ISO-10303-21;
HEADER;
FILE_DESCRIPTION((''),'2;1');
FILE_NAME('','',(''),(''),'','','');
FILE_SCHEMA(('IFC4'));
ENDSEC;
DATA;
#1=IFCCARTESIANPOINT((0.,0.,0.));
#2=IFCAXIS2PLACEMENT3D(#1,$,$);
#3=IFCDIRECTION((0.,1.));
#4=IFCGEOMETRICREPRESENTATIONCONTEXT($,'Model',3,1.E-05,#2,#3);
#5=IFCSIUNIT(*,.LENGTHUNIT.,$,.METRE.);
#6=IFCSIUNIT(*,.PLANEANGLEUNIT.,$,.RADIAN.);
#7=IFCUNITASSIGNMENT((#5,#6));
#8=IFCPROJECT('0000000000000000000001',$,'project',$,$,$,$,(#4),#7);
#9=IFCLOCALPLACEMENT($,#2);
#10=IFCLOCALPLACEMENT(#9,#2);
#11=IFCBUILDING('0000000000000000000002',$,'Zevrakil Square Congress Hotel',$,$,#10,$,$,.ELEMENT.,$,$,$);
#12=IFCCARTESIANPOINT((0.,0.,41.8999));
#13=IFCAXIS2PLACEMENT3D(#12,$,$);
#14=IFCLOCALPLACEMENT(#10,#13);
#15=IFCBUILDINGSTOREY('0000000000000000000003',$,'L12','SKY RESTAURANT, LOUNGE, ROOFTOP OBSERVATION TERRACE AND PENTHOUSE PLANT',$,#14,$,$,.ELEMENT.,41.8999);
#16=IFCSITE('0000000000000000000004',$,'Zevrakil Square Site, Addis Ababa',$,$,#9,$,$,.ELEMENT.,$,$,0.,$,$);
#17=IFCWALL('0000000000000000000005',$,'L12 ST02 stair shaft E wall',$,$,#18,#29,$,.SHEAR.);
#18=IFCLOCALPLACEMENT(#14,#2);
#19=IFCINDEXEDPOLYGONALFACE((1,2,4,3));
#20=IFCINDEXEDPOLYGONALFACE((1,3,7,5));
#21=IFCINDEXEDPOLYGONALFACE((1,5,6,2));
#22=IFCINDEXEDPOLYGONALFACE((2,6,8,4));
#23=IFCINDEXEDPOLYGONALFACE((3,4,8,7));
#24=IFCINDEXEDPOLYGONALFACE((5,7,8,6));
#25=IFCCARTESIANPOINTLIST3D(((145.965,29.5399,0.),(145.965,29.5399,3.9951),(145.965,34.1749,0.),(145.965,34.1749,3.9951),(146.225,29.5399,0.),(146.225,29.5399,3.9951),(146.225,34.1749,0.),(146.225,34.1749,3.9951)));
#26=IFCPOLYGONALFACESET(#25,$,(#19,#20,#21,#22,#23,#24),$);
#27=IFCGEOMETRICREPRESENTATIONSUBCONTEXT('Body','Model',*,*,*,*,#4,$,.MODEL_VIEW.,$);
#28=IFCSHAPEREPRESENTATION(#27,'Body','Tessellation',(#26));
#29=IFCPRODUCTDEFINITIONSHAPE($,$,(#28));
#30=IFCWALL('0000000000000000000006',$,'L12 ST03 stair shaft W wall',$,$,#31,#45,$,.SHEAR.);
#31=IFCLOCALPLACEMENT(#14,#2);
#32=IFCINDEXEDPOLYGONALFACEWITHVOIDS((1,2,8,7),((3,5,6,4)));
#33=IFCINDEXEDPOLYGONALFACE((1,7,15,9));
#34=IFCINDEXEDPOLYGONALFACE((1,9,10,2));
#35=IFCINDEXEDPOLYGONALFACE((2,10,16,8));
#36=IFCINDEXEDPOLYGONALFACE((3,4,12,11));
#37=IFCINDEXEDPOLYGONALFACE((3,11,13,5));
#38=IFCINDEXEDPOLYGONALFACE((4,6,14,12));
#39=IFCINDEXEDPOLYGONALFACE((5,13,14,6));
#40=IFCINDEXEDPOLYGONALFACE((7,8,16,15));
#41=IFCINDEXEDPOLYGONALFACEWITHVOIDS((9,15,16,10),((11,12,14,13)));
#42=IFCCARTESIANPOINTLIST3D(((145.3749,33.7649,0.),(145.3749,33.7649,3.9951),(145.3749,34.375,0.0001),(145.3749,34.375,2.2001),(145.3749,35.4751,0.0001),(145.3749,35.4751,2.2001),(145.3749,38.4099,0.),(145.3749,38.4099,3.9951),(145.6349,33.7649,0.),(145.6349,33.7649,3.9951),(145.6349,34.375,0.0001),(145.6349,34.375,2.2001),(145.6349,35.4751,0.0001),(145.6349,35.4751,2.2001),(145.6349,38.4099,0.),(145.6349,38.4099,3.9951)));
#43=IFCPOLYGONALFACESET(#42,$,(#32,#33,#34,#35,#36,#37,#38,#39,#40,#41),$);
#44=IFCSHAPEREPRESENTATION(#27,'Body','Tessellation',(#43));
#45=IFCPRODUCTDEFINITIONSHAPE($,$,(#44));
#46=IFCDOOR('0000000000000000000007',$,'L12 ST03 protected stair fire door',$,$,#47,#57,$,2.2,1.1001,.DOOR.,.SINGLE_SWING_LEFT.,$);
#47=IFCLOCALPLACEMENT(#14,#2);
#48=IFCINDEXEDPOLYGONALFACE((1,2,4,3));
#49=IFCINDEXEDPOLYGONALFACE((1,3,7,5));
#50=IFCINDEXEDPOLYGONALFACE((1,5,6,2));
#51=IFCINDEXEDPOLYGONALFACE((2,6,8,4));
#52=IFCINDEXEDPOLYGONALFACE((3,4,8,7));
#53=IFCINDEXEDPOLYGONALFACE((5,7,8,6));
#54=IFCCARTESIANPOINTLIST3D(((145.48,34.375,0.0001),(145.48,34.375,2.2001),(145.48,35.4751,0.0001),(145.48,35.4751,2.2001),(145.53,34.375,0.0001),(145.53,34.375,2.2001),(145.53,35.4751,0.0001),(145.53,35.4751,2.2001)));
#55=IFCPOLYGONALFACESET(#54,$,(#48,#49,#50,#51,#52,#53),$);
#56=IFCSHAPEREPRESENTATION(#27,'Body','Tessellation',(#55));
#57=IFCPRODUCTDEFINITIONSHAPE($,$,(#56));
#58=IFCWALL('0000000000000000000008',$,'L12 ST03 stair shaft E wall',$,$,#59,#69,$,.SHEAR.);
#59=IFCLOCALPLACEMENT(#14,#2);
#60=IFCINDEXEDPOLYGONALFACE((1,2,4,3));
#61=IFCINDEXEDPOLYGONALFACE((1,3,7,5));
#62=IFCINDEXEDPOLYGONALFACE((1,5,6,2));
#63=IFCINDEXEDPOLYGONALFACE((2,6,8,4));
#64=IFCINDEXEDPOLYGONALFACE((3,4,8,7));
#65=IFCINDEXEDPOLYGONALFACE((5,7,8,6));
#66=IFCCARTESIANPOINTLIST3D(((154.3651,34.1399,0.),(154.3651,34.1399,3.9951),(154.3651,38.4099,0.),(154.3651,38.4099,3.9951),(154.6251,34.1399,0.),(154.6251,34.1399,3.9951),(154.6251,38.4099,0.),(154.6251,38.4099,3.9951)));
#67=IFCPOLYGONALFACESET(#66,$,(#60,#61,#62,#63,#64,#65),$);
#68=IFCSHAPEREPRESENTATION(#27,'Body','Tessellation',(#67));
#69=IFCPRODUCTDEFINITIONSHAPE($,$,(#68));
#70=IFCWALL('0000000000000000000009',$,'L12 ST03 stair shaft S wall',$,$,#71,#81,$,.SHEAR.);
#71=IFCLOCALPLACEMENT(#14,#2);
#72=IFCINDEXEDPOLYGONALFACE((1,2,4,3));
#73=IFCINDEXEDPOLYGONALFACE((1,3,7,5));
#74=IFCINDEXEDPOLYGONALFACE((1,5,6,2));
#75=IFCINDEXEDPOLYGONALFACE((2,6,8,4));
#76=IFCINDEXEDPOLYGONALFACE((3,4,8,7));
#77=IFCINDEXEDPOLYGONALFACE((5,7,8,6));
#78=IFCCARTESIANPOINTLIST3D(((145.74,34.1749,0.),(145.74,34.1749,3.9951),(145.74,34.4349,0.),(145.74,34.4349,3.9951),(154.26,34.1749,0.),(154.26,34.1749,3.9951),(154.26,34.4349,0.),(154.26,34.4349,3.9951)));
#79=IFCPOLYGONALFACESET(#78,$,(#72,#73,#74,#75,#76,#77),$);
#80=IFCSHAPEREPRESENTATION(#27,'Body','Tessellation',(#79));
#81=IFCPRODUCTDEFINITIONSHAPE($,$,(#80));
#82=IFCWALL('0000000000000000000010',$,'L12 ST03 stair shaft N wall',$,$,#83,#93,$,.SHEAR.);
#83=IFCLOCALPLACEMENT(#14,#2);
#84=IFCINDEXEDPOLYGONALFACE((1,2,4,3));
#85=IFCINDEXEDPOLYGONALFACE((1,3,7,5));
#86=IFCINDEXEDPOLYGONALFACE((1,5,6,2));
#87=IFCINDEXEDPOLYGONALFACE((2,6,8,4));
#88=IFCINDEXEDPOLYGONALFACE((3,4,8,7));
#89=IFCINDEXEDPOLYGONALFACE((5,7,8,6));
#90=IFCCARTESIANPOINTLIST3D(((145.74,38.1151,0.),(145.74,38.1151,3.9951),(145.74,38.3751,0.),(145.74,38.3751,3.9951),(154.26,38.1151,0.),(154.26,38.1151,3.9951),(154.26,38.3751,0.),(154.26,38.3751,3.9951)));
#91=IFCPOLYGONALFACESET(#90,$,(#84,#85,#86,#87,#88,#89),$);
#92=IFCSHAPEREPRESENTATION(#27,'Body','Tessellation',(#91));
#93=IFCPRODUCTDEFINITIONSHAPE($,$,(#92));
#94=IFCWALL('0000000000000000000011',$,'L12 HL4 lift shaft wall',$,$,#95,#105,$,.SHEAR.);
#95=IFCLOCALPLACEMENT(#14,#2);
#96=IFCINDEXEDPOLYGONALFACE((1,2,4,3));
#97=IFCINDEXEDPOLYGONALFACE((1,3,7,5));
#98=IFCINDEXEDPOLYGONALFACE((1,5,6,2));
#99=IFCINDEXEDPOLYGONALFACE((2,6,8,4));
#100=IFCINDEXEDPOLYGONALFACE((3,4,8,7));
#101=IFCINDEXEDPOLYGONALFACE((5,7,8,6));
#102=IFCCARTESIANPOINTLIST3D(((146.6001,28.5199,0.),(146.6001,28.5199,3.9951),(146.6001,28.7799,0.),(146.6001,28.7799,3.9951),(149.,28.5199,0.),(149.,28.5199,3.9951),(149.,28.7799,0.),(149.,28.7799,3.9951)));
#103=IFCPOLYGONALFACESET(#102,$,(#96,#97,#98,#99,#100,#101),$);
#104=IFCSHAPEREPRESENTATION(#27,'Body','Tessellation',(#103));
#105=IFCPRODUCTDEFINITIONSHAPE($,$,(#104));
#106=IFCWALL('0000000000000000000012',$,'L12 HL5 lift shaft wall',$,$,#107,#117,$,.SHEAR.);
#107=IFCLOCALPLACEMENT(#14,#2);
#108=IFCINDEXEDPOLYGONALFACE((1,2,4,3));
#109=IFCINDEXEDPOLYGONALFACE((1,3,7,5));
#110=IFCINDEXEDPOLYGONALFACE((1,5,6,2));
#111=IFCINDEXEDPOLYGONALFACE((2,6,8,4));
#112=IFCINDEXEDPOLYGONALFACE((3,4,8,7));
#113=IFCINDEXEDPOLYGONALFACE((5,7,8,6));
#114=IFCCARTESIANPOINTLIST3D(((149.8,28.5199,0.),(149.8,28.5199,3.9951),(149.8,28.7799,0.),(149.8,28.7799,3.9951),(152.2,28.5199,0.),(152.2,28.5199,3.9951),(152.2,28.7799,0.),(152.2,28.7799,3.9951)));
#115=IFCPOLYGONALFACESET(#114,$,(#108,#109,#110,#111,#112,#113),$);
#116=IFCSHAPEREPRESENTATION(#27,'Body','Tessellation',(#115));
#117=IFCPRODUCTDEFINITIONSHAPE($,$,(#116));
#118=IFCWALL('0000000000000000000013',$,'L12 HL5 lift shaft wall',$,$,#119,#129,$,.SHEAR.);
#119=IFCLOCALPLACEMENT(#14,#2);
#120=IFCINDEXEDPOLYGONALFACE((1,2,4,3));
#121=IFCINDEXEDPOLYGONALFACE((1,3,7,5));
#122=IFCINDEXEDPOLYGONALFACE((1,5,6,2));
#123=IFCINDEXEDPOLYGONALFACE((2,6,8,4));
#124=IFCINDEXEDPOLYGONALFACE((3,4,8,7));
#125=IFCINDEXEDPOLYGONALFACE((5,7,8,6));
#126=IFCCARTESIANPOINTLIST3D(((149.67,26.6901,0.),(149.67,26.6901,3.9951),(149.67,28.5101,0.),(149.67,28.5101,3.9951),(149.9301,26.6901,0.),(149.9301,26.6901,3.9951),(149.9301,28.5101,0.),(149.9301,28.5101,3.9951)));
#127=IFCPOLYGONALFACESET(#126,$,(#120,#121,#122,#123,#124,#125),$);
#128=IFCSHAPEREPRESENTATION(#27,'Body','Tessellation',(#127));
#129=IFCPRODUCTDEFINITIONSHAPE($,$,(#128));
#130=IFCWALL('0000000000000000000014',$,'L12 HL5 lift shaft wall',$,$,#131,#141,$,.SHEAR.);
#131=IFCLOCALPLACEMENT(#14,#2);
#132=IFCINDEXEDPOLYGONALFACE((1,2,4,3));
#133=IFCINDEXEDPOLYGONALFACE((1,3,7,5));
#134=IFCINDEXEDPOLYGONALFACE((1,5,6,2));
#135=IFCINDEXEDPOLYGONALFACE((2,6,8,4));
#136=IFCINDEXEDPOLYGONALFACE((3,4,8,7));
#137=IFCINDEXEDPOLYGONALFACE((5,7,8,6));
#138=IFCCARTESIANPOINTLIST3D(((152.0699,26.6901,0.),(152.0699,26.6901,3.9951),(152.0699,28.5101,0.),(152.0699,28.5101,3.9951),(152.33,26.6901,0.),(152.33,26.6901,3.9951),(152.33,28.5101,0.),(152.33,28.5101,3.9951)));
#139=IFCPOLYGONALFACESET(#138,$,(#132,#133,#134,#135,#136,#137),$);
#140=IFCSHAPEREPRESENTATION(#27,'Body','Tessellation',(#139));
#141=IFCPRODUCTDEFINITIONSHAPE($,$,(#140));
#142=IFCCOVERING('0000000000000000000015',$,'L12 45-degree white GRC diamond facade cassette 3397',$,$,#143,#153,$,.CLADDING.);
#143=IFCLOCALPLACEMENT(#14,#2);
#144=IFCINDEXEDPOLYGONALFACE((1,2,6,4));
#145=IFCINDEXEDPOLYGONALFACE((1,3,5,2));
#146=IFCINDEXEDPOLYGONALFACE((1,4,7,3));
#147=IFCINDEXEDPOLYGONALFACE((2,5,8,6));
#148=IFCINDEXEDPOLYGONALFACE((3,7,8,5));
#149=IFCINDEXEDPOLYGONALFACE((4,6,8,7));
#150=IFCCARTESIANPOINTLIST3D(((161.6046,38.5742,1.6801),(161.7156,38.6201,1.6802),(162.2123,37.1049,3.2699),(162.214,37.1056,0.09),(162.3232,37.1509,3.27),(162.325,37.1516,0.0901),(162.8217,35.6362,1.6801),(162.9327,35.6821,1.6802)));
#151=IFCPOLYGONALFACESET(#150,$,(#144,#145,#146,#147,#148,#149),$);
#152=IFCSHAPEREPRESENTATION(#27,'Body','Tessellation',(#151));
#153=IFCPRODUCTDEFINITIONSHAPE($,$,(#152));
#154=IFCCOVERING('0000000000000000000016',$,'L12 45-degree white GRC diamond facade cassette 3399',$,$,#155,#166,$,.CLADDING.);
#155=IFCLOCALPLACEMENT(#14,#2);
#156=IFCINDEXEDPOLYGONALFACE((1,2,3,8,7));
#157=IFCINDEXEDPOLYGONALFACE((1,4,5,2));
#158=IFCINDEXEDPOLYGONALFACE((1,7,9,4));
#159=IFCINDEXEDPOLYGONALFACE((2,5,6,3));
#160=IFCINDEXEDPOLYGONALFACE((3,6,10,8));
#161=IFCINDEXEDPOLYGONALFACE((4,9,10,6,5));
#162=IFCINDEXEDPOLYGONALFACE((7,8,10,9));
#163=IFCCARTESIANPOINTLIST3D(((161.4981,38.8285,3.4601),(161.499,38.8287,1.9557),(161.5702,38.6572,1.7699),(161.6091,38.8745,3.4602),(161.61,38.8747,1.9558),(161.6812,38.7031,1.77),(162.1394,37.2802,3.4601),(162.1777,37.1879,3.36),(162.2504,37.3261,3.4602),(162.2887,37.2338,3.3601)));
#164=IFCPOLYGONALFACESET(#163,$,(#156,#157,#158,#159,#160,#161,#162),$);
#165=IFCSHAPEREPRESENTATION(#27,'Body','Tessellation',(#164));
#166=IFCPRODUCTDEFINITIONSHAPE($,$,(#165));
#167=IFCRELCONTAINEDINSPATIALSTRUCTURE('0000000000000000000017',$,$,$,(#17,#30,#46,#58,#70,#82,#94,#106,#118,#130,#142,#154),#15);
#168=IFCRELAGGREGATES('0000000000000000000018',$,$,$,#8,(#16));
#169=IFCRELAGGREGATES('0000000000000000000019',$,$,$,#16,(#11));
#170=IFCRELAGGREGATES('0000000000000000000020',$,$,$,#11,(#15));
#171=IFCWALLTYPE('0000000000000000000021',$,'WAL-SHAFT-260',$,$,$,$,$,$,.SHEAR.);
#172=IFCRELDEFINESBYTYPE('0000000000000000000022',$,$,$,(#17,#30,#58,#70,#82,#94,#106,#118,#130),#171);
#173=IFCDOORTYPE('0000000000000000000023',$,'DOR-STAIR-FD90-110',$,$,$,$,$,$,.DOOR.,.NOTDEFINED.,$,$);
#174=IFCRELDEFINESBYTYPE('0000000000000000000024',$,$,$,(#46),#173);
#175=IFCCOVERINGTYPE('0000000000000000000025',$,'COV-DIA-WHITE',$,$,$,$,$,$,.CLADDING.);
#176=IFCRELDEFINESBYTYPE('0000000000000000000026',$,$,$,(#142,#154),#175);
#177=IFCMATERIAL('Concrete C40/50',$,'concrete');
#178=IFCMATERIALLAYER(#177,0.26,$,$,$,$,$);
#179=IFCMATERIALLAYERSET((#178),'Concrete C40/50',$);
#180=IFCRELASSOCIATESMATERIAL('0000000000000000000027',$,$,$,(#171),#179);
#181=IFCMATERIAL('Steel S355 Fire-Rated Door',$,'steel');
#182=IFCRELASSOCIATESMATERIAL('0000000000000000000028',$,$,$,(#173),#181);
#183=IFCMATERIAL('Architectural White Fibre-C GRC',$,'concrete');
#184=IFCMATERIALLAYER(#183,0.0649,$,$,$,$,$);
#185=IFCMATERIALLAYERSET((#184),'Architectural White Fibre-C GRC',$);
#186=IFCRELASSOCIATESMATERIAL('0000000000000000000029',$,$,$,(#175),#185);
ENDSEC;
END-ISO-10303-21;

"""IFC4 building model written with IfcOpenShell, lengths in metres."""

from ifc_helpers import new_model, si_unit, direction, frame, frame_2d, origin, place, context, subcontext, project, spatial, polyline, rectangle, outline, extrude, material, layer, layer_set, type_object, element, fill, save


model = new_model("IFC4")

# Units and contexts
model_context = context("Model", 3, precision=1e-05, world=origin(), true_north=direction((0.0, 1.0)))
body_context = subcontext(model_context, "Body", "Model", "MODEL_VIEW")
ifc_project = project(units=[si_unit("LENGTHUNIT", "METRE"), si_unit("PLANEANGLEUNIT", "RADIAN")], contexts=[model_context])

# Site, building, storey
site_placement = place(None, origin())
site = spatial("IfcSite", under=ifc_project, at=site_placement, Name="Zevrakil Square Site, Addis Ababa", CompositionType="ELEMENT", RefElevation=0.0)
building_placement = place(site_placement, origin())
building = spatial("IfcBuilding", under=site, at=building_placement, Name="Zevrakil Square Congress Hotel", CompositionType="ELEMENT")
storey_placement = place(building_placement, frame((0.0, 0.0, 41.8999)))
storey = spatial("IfcBuildingStorey", under=building, at=storey_placement, Name="L12", Description="SKY RESTAURANT, LOUNGE, ROOFTOP OBSERVATION TERRACE AND PENTHOUSE PLANT", CompositionType="ELEMENT", Elevation=41.8999)

# Wall
ifc_material_1 = material(Name="Concrete C40/50", Category="concrete")
ifc_layer_1 = layer(ifc_material_1, 0.26)
ifc_layer_set_1 = layer_set([ifc_layer_1], Name="Concrete C40/50")
wall_type = type_object("IfcWallType", Name="WAL-SHAFT-260", PredefinedType="SHEAR", material=ifc_layer_set_1)
wall_1_placement = place(storey_placement, frame((146.095, 29.54, 0.0), z_axis=(0.0, 0.0, 1.0), x_axis=(0.0, 1.0, 0.0)))
element("IfcWall", 1, at=wall_1_placement, inside=storey, type_object=wall_type, Name="L12 ST02 stair shaft E wall", PredefinedType="SHEAR", context=body_context, shape_type="SweptSolid", body=[
    extrude(rectangle(XDim=4.635, YDim=0.26, at=frame_2d((2.3174, 0.0))), origin(), (0.0, 0.0, 1.0), 3.9951),
])

# Wall, opening, door
wall_2_placement = place(storey_placement, frame((145.5049, 33.7649, 0.0), z_axis=(0.0, 0.0, 1.0), x_axis=(0.0, 1.0, 0.0)))
wall_2 = element("IfcWall", 2, at=wall_2_placement, inside=storey, type_object=wall_type, Name="L12 ST03 stair shaft W wall", PredefinedType="SHEAR", context=body_context, shape_type="SweptSolid", body=[
    extrude(rectangle(XDim=4.645, YDim=0.26, at=frame_2d((2.3225, 0.0))), origin(), (0.0, 0.0, 1.0), 3.9951),
])
opening_placement = place(wall_2_placement, frame((0.6101, 0.0, 0.0)))
opening = element("IfcOpeningElement", 3, at=opening_placement, cuts=wall_2, PredefinedType="OPENING", context=body_context, shape_type="SweptSolid", body=[
    extrude(rectangle(XDim=1.1001, YDim=2.2, at=frame_2d((0.55, 1.1001))), frame((0.0, 0.1401, 0.0), z_axis=(0.0, -1.0, 0.0), x_axis=(1.0, 0.0, 0.0)), (0.0, 0.0, 1.0), 0.28),
])
ifc_material_2 = material(Name="Steel S355 Fire-Rated Door", Category="steel")
door_type = type_object("IfcDoorType", Name="DOR-STAIR-FD90-110", OperationType="NOTDEFINED", PredefinedType="DOOR", material=ifc_material_2)
door_placement = place(opening_placement, origin())
door = element("IfcDoor", 4, at=door_placement, inside=storey, type_object=door_type, Name="L12 ST03 protected stair fire door", OperationType="SINGLE_SWING_LEFT", OverallHeight=2.2, OverallWidth=1.1001, PredefinedType="DOOR", context=body_context, shape_type="SweptSolid", body=[
    extrude(rectangle(XDim=1.1001, YDim=2.2, at=frame_2d((0.55, 1.1001))), frame((0.0, 0.0249, 0.0), z_axis=(0.0, -1.0, 0.0), x_axis=(1.0, 0.0, 0.0)), (0.0, 0.0, 1.0), 0.05),
])
fill(opening, door)

# Walls
wall_3_placement = place(storey_placement, frame((154.4951, 34.1399, 0.0), z_axis=(0.0, 0.0, 1.0), x_axis=(0.0, 1.0, 0.0)))
element("IfcWall", 5, at=wall_3_placement, inside=storey, type_object=wall_type, Name="L12 ST03 stair shaft E wall", PredefinedType="SHEAR", context=body_context, shape_type="SweptSolid", body=[
    extrude(rectangle(XDim=4.27, YDim=0.26, at=frame_2d((2.135, 0.0))), origin(), (0.0, 0.0, 1.0), 3.9951),
])
for number, where, z_axis, x_axis, name in (
    (6, (145.74, 34.3049, 0.0), (0.0, 0.0, 1.0), (1.0, 0.0, 0.0), "L12 ST03 stair shaft S wall"),
    (7, (145.74, 38.2451, 0.0), (0.0, 0.0, 1.0), (1.0, 0.0, 0.0), "L12 ST03 stair shaft N wall"),
):
    element("IfcWall", number, at=place(storey_placement, frame(where, z_axis=z_axis, x_axis=x_axis)), inside=storey, type_object=wall_type, Name=name, PredefinedType="SHEAR", context=body_context, shape_type="SweptSolid", body=[
        extrude(rectangle(XDim=8.52, YDim=0.26, at=frame_2d((4.26, 0.0))), origin(), (0.0, 0.0, 1.0), 3.9951),
    ])
for number, where, z_axis, x_axis, name in (
    (8, (146.6001, 28.6499, 0.0), (0.0, 0.0, 1.0), (1.0, 0.0, 0.0), "L12 HL4 lift shaft wall"),
    (9, (149.8, 28.6499, 0.0), (0.0, 0.0, 1.0), (1.0, 0.0, 0.0), "L12 HL5 lift shaft wall"),
):
    element("IfcWall", number, at=place(storey_placement, frame(where, z_axis=z_axis, x_axis=x_axis)), inside=storey, type_object=wall_type, Name=name, PredefinedType="SHEAR", context=body_context, shape_type="SweptSolid", body=[
        extrude(rectangle(XDim=2.3999, YDim=0.26, at=frame_2d((1.2, 0.0))), origin(), (0.0, 0.0, 1.0), 3.9951),
    ])
for number, where, z_axis, x_axis, name in (
    (10, (149.8, 26.6899, 0.0), (0.0, 0.0, 1.0), (0.0, 1.0, 0.0), "L12 HL5 lift shaft wall"),
    (11, (152.2, 26.6899, 0.0), (0.0, 0.0, 1.0), (0.0, 1.0, 0.0), "L12 HL5 lift shaft wall"),
):
    element("IfcWall", number, at=place(storey_placement, frame(where, z_axis=z_axis, x_axis=x_axis)), inside=storey, type_object=wall_type, Name=name, PredefinedType="SHEAR", context=body_context, shape_type="SweptSolid", body=[
        extrude(rectangle(XDim=1.8201, YDim=0.26, at=frame_2d((0.9102, 0.0))), origin(), (0.0, 0.0, 1.0), 3.9951),
    ])

# Coverings
ifc_material_3 = material(Name="Architectural White Fibre-C GRC", Category="concrete")
ifc_layer_2 = layer(ifc_material_3, 0.0649)
ifc_layer_set_2 = layer_set([ifc_layer_2], Name="Architectural White Fibre-C GRC")
covering_type = type_object("IfcCoveringType", Name="COV-DIA-WHITE", PredefinedType="CLADDING", material=ifc_layer_set_2)
covering_1_placement = place(storey_placement, frame((162.3232, 37.1509, 3.27), z_axis=(0.92387, 0.382707, 0.000585), x_axis=(-0.270241, 0.653453, -0.707085)))
element("IfcCovering", 12, at=covering_1_placement, inside=storey, type_object=covering_type, Name="L12 45-degree white GRC diamond facade cassette 3397", PredefinedType="CLADDING", context=body_context, shape_type="SweptSolid", body=[
    extrude(outline(polyline([(0.0, 0.0), (2.2484, 0.0), (2.2485, -2.2486), (-0.0003, -2.2486), (0.0, 0.0)])), origin(), (0.0, 0.0, -1.0), 0.1201),
])
covering_2_placement = place(storey_placement, frame((161.6812, 38.7031, 1.77), z_axis=(0.923897, 0.38264, 0.000588), x_axis=(0.270171, -0.653423, 0.707139)))
element("IfcCovering", 13, at=covering_2_placement, inside=storey, type_object=covering_type, Name="L12 45-degree white GRC diamond facade cassette 3399", PredefinedType="CLADDING", context=body_context, shape_type="SweptSolid", body=[
    extrude(outline(polyline([(0.0, 0.0), (2.2486, 0.0), (2.2487, -0.1414), (1.0637, -1.3265), (0.0, -0.2627), (0.0, 0.0)])), origin(), (0.0, 0.0, -1.0), 0.1201),
])

save(model, "model.ifc")
